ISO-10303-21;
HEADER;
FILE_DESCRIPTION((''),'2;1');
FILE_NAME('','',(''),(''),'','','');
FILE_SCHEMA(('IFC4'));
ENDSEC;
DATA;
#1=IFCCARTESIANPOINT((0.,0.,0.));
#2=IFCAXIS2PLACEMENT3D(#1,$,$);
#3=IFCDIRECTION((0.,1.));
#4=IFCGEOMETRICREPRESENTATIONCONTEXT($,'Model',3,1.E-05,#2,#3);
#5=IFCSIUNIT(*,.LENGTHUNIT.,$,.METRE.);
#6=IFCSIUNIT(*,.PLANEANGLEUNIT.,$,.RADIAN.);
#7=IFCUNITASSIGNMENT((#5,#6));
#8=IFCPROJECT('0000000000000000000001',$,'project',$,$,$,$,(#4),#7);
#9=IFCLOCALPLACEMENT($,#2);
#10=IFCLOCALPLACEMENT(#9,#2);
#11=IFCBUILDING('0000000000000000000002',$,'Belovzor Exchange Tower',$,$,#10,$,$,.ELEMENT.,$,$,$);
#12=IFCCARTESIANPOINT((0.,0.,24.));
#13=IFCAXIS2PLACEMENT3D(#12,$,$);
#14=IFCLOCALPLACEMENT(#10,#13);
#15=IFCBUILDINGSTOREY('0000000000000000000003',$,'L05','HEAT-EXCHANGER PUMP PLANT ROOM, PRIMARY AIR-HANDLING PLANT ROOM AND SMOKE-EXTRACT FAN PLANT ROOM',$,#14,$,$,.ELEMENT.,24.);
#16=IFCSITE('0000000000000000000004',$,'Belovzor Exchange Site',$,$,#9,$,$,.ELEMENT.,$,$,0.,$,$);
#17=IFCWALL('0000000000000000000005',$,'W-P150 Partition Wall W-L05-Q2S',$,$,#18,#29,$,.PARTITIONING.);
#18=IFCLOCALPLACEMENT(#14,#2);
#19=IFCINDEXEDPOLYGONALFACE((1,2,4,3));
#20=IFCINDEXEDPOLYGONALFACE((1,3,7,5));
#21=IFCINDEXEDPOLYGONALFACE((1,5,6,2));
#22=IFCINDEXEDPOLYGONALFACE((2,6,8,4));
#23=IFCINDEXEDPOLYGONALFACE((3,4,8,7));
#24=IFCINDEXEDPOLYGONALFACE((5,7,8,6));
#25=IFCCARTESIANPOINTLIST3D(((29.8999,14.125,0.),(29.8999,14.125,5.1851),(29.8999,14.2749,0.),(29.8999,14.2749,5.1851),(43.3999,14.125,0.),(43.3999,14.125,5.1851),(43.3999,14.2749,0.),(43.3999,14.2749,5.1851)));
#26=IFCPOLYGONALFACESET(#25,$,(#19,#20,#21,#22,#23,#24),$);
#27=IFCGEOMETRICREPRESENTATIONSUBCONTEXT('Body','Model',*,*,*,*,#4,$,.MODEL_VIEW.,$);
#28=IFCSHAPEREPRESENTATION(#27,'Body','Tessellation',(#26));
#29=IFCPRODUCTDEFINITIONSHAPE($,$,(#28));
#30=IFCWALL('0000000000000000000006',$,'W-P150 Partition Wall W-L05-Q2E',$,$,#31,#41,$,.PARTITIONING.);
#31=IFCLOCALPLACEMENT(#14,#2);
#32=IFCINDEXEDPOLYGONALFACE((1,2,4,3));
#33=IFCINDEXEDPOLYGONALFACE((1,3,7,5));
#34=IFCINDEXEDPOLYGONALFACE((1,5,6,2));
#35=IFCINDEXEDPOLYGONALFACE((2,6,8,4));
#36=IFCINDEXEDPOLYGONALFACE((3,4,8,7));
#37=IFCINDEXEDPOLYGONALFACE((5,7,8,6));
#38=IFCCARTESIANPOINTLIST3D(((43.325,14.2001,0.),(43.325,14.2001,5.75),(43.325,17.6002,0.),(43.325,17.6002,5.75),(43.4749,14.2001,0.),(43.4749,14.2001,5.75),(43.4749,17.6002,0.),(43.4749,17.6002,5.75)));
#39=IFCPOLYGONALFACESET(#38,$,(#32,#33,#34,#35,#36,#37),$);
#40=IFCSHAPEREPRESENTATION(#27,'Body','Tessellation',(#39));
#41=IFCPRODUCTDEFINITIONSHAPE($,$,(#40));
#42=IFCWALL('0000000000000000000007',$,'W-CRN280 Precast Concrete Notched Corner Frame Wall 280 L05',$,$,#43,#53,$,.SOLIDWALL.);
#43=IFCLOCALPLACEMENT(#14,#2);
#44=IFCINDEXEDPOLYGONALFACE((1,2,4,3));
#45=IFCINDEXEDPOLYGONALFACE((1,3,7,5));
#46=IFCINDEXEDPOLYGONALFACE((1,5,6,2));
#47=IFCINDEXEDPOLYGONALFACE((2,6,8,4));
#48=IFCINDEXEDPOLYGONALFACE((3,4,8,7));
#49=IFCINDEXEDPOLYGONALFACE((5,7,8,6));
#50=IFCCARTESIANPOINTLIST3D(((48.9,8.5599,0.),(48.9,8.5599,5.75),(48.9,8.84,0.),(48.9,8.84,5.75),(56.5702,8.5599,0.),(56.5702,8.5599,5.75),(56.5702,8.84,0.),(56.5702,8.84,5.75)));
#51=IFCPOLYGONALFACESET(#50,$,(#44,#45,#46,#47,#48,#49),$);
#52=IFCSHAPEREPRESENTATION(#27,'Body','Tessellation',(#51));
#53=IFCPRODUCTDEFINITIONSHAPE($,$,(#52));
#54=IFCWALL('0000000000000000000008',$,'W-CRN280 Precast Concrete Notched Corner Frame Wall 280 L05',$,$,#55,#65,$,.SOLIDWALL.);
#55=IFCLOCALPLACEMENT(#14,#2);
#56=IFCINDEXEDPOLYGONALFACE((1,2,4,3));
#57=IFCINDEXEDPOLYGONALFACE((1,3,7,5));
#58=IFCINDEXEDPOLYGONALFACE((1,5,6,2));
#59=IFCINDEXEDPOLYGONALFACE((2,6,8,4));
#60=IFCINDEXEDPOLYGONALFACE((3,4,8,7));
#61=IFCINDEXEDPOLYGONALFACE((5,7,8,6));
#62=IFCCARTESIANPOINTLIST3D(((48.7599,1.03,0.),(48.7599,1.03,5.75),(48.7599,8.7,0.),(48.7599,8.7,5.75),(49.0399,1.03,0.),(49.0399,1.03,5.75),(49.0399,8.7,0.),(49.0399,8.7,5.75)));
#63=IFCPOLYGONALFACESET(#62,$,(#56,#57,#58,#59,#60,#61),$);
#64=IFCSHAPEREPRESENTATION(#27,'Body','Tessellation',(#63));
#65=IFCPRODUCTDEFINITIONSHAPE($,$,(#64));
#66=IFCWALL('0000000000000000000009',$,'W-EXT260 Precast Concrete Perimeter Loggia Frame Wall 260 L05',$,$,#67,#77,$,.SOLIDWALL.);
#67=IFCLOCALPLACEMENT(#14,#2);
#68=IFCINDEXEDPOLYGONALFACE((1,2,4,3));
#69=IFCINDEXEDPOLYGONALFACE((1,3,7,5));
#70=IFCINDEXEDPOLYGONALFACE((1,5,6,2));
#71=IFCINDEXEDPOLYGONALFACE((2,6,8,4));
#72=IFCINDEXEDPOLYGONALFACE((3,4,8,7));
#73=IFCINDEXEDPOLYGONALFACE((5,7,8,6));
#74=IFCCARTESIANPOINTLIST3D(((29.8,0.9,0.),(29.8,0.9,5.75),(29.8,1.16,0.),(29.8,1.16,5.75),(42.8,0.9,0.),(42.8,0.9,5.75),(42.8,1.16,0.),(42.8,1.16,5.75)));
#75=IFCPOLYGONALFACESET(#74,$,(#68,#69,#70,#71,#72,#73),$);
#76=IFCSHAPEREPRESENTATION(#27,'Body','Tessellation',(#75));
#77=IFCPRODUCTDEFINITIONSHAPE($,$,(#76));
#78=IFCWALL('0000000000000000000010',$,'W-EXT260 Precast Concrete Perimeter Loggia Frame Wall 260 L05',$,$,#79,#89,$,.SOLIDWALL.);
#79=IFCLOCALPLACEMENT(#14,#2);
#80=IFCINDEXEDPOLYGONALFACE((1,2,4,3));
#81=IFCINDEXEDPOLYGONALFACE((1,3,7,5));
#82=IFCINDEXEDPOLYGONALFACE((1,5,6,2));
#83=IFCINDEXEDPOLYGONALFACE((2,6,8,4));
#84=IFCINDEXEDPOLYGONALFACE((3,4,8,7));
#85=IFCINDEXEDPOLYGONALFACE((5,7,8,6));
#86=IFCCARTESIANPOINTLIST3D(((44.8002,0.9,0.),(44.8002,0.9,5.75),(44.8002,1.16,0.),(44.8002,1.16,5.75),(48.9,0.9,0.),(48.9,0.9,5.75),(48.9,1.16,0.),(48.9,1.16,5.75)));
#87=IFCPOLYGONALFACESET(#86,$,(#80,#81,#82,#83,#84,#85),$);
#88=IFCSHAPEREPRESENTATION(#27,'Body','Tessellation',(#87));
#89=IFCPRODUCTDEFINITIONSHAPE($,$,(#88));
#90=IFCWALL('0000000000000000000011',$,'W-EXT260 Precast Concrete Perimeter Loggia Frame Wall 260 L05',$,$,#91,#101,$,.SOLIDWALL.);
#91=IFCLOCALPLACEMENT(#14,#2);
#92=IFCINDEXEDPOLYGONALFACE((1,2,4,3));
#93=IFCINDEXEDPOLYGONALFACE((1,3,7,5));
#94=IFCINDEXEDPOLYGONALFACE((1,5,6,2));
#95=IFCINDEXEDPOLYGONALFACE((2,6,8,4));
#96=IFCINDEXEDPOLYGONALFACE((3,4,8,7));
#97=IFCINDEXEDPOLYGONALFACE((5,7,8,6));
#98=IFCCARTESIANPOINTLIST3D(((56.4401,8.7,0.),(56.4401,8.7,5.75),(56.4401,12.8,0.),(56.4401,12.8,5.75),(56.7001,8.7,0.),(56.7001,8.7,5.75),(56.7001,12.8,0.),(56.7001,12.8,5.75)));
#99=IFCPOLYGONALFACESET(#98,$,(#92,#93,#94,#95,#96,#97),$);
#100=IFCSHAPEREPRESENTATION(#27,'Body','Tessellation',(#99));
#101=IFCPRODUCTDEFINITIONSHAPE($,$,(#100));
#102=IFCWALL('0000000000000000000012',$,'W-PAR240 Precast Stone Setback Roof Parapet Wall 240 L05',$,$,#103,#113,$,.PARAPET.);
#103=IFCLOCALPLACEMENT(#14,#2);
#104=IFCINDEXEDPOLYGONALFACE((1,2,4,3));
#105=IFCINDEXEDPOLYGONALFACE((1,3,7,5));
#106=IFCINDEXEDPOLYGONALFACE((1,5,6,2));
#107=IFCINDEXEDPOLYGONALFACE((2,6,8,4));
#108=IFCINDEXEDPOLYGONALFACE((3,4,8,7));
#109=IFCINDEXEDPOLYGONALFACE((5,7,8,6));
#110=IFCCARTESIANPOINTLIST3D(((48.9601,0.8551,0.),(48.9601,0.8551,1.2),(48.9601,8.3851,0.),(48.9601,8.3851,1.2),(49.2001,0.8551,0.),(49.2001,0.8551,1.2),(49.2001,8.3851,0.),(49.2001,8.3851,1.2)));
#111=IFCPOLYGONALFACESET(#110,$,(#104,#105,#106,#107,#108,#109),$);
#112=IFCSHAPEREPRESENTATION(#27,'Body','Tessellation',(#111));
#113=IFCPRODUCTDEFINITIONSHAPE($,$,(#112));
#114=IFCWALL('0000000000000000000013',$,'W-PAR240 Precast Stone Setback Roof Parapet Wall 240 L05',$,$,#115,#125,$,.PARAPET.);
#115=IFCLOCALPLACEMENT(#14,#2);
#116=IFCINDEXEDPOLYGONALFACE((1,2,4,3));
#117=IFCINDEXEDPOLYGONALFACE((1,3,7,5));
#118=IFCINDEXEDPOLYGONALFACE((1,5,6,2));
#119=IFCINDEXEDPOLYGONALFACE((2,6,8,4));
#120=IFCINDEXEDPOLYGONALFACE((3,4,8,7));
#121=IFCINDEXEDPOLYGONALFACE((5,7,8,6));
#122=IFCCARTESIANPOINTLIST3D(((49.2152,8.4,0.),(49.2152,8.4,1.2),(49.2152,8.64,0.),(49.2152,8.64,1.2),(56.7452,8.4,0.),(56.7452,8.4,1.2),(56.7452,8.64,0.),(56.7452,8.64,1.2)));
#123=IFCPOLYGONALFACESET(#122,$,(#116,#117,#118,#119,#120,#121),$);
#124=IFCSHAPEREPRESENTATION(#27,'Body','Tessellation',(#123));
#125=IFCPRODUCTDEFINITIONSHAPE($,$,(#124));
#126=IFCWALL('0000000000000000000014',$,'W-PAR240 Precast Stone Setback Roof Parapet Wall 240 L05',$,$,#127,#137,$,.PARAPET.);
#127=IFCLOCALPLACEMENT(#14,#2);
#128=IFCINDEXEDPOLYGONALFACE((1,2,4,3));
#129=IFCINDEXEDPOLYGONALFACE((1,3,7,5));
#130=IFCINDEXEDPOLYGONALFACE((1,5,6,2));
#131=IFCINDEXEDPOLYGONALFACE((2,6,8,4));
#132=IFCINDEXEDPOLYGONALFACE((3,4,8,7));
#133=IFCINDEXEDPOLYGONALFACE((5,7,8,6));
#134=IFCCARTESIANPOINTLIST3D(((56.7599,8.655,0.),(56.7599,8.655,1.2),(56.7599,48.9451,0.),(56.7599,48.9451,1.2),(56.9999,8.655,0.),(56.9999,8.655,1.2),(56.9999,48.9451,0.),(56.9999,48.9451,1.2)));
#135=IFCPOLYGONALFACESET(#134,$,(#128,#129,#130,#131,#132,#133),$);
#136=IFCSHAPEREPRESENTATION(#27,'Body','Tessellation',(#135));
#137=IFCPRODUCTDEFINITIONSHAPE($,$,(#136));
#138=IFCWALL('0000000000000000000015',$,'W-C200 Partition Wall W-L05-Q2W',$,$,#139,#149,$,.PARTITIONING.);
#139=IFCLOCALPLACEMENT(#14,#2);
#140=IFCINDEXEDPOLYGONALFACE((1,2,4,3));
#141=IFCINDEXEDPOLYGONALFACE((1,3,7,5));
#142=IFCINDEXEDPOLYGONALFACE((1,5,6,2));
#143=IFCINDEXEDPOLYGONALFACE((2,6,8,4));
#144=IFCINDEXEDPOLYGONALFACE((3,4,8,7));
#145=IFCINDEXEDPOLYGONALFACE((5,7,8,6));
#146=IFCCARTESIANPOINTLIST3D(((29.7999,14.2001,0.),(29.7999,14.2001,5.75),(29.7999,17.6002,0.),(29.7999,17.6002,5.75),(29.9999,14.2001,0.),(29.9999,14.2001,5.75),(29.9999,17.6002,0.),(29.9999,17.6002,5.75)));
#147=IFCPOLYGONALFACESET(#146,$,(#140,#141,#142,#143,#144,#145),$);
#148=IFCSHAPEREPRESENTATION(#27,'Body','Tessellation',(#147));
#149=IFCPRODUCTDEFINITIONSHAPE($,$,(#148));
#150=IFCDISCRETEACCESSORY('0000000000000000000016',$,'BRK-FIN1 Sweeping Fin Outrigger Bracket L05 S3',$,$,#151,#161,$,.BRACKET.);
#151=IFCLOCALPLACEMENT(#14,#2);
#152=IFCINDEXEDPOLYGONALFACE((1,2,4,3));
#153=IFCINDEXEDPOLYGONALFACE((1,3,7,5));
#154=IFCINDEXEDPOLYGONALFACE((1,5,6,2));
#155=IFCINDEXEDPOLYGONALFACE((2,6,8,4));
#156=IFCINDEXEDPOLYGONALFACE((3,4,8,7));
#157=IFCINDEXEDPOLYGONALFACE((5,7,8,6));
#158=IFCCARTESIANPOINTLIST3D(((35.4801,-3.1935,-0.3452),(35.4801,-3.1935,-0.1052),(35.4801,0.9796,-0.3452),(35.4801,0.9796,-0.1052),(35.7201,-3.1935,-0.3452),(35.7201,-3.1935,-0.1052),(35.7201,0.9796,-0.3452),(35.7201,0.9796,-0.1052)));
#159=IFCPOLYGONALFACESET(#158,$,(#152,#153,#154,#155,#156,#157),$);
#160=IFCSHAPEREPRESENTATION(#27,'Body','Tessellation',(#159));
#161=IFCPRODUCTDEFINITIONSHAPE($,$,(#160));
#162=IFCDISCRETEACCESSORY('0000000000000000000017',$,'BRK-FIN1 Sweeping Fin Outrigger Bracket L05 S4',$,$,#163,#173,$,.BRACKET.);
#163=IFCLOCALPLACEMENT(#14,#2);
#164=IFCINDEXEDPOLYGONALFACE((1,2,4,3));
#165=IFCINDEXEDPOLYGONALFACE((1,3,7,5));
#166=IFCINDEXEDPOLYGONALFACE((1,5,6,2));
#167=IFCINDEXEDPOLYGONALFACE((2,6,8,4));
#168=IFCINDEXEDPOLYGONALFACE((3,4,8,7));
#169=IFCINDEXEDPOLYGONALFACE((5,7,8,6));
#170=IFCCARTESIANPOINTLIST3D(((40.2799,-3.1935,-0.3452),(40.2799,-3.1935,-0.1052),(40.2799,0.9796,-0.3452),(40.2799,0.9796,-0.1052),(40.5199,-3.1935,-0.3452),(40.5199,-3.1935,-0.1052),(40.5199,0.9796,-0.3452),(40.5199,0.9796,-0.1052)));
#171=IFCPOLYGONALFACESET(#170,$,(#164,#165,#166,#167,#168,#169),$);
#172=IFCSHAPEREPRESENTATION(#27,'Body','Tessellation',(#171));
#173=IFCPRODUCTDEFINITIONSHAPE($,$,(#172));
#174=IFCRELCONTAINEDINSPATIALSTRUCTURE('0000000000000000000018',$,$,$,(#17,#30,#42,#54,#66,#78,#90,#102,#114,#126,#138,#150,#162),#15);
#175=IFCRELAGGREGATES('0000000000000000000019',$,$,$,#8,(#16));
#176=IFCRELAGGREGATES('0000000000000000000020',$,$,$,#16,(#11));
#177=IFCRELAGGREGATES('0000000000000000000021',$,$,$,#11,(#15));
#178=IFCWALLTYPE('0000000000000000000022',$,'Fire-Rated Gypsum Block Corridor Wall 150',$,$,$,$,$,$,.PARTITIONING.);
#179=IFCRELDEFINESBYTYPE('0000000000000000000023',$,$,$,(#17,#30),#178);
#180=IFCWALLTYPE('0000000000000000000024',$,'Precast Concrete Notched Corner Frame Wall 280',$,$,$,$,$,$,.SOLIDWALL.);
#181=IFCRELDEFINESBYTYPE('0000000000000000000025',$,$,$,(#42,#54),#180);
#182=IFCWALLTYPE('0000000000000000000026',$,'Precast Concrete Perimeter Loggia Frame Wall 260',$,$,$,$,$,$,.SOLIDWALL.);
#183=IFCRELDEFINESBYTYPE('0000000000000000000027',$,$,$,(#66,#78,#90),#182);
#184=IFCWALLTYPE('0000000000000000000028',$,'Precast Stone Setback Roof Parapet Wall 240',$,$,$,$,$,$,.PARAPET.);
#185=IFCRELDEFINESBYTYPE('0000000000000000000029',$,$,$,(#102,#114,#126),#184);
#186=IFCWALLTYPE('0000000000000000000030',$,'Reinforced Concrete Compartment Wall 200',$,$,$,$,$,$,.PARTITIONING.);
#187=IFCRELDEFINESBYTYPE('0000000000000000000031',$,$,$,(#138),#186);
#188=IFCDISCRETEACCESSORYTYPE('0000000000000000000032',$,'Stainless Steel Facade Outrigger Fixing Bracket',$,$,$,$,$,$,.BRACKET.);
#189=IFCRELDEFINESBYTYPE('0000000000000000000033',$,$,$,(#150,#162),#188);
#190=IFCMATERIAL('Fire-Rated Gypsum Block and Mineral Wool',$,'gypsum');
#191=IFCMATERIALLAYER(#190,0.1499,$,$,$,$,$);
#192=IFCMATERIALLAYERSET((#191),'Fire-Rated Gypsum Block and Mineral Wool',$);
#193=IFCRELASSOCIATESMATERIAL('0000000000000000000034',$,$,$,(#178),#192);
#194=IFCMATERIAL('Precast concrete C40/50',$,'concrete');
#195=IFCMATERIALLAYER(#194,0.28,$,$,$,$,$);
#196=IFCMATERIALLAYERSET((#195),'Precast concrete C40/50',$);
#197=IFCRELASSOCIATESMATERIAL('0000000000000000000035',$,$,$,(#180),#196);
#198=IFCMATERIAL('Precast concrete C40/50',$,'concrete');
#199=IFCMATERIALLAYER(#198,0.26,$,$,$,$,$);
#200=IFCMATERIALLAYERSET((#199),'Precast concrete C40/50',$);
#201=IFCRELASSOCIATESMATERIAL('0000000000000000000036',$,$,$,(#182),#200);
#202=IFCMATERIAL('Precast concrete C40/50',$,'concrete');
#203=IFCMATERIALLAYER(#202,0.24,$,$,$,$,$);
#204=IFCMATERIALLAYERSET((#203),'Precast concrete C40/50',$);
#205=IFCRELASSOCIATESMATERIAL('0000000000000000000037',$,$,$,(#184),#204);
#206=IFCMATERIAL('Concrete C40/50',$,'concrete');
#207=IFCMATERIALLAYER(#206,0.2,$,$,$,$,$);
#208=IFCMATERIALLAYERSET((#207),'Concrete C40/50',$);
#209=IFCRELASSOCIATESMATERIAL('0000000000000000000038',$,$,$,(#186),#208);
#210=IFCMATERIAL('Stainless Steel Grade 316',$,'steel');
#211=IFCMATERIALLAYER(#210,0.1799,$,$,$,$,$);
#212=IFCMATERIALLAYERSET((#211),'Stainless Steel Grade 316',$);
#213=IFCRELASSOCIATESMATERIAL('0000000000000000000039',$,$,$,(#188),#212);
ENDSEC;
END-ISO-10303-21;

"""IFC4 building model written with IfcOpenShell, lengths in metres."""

from ifc_helpers import new_model, si_unit, direction, frame, frame_2d, origin, origin_2d, place, context, subcontext, project, spatial, rectangle, extrude, material, layer, layer_set, type_object, element, save


model = new_model("IFC4")

# Units and contexts
model_context = context("Model", 3, precision=1e-05, world=origin(), true_north=direction((0.0, 1.0)))
body_context = subcontext(model_context, "Body", "Model", "MODEL_VIEW")
ifc_project = project(units=[si_unit("LENGTHUNIT", "METRE"), si_unit("PLANEANGLEUNIT", "RADIAN")], contexts=[model_context])

# Site, building, storey
site_placement = place(None, origin())
site = spatial("IfcSite", under=ifc_project, at=site_placement, Name="Belovzor Exchange Site", CompositionType="ELEMENT", RefElevation=0.0)
building_placement = place(site_placement, origin())
building = spatial("IfcBuilding", under=site, at=building_placement, Name="Belovzor Exchange Tower", CompositionType="ELEMENT")
storey_placement = place(building_placement, frame((0.0, 0.0, 24.0)))
storey = spatial("IfcBuildingStorey", under=building, at=storey_placement, Name="L05", Description="HEAT-EXCHANGER PUMP PLANT ROOM, PRIMARY AIR-HANDLING PLANT ROOM AND SMOKE-EXTRACT FAN PLANT ROOM", CompositionType="ELEMENT", Elevation=24.0)

# Walls
ifc_material_1 = material(Name="Fire-Rated Gypsum Block and Mineral Wool", Category="gypsum")
ifc_layer_1 = layer(ifc_material_1, 0.1499)
ifc_layer_set_1 = layer_set([ifc_layer_1], Name="Fire-Rated Gypsum Block and Mineral Wool")
wall_type_1 = type_object("IfcWallType", Name="Fire-Rated Gypsum Block Corridor Wall 150", PredefinedType="PARTITIONING", material=ifc_layer_set_1)
wall_1_placement = place(storey_placement, frame((29.8999, 14.2, 0.0), z_axis=(0.0, 0.0, 1.0), x_axis=(1.0, 0.0, 0.0)))
element("IfcWall", 1, at=wall_1_placement, inside=storey, type_object=wall_type_1, Name="W-P150 Partition Wall W-L05-Q2S", PredefinedType="PARTITIONING", context=body_context, shape_type="SweptSolid", body=[
    extrude(rectangle(XDim=13.5, YDim=0.1499, at=frame_2d((6.75, 0.0))), origin(), (0.0, 0.0, 1.0), 5.1851),
])
wall_2_placement = place(storey_placement, frame((43.3999, 14.2, 0.0), z_axis=(0.0, 0.0, 1.0), x_axis=(0.0, 1.0, 0.0)))
element("IfcWall", 2, at=wall_2_placement, inside=storey, type_object=wall_type_1, Name="W-P150 Partition Wall W-L05-Q2E", PredefinedType="PARTITIONING", context=body_context, shape_type="SweptSolid", body=[
    extrude(rectangle(XDim=3.4001, YDim=0.1499, at=frame_2d((1.7002, 0.0))), origin(), (0.0, 0.0, 1.0), 5.75),
])
ifc_material_2 = material(Name="Precast concrete C40/50", Category="concrete")
ifc_layer_2 = layer(ifc_material_2, 0.28)
ifc_layer_set_2 = layer_set([ifc_layer_2], Name="Precast concrete C40/50")
wall_type_2 = type_object("IfcWallType", Name="Precast Concrete Notched Corner Frame Wall 280", PredefinedType="SOLIDWALL", material=ifc_layer_set_2)
wall_3_placement = place(storey_placement, frame((56.5701, 8.7, 0.0), z_axis=(0.0, 0.0, 1.0), x_axis=(-1.0, 0.0, 0.0)))
element("IfcWall", 3, at=wall_3_placement, inside=storey, type_object=wall_type_2, Name="W-CRN280 Precast Concrete Notched Corner Frame Wall 280 L05", PredefinedType="SOLIDWALL", context=body_context, shape_type="SweptSolid", body=[
    extrude(rectangle(XDim=7.6702, YDim=0.28, at=frame_2d((3.835, 0.0))), origin(), (0.0, 0.0, 1.0), 5.75),
])
wall_4_placement = place(storey_placement, frame((48.8999, 8.7, 0.0), z_axis=(0.0, 0.0, 1.0), x_axis=(0.0, -1.0, 0.0)))
element("IfcWall", 4, at=wall_4_placement, inside=storey, type_object=wall_type_2, Name="W-CRN280 Precast Concrete Notched Corner Frame Wall 280 L05", PredefinedType="SOLIDWALL", context=body_context, shape_type="SweptSolid", body=[
    extrude(rectangle(XDim=7.6699, YDim=0.28, at=frame_2d((3.835, 0.0))), origin(), (0.0, 0.0, 1.0), 5.75),
])
ifc_material_3 = material(Name="Precast concrete C40/50", Category="concrete")
ifc_layer_3 = layer(ifc_material_3, 0.26)
ifc_layer_set_3 = layer_set([ifc_layer_3], Name="Precast concrete C40/50")
wall_type_3 = type_object("IfcWallType", Name="Precast Concrete Perimeter Loggia Frame Wall 260", PredefinedType="SOLIDWALL", material=ifc_layer_set_3)
wall_5_placement = place(storey_placement, frame((42.8, 1.03, 0.0), z_axis=(0.0, 0.0, 1.0), x_axis=(-1.0, 0.0, 0.0)))
element("IfcWall", 5, at=wall_5_placement, inside=storey, type_object=wall_type_3, Name="W-EXT260 Precast Concrete Perimeter Loggia Frame Wall 260 L05", PredefinedType="SOLIDWALL", context=body_context, shape_type="SweptSolid", body=[
    extrude(rectangle(XDim=13.0, YDim=0.26, at=frame_2d((6.5, 0.0))), origin(), (0.0, 0.0, 1.0), 5.75),
])
wall_6_placement = place(storey_placement, frame((48.8999, 1.03, 0.0), z_axis=(0.0, 0.0, 1.0), x_axis=(-1.0, 0.0, 0.0)))
element("IfcWall", 6, at=wall_6_placement, inside=storey, type_object=wall_type_3, Name="W-EXT260 Precast Concrete Perimeter Loggia Frame Wall 260 L05", PredefinedType="SOLIDWALL", context=body_context, shape_type="SweptSolid", body=[
    extrude(rectangle(XDim=4.0999, YDim=0.26, at=frame_2d((2.0498, 0.0))), origin(), (0.0, 0.0, 1.0), 5.75),
])
wall_7_placement = place(storey_placement, frame((56.5701, 12.8, 0.0), z_axis=(0.0, 0.0, 1.0), x_axis=(0.0, -1.0, 0.0)))
element("IfcWall", 7, at=wall_7_placement, inside=storey, type_object=wall_type_3, Name="W-EXT260 Precast Concrete Perimeter Loggia Frame Wall 260 L05", PredefinedType="SOLIDWALL", context=body_context, shape_type="SweptSolid", body=[
    extrude(rectangle(XDim=4.1001, YDim=0.26, at=frame_2d((2.05, 0.0))), origin(), (0.0, 0.0, 1.0), 5.75),
])
ifc_material_4 = material(Name="Precast concrete C40/50", Category="concrete")
ifc_layer_4 = layer(ifc_material_4, 0.24)
ifc_layer_set_4 = layer_set([ifc_layer_4], Name="Precast concrete C40/50")
wall_type_4 = type_object("IfcWallType", Name="Precast Stone Setback Roof Parapet Wall 240", PredefinedType="PARAPET", material=ifc_layer_set_4)
for number, where, z_axis, x_axis, name in (
    (8, (49.0801, 0.855, 0.0), (0.0, 0.0, 1.0), (0.0, 1.0, 0.0), "W-PAR240 Precast Stone Setback Roof Parapet Wall 240 L05"),
    (9, (49.2151, 8.52, 0.0), (0.0, 0.0, 1.0), (1.0, 0.0, 0.0), "W-PAR240 Precast Stone Setback Roof Parapet Wall 240 L05"),
):
    element("IfcWall", number, at=place(storey_placement, frame(where, z_axis=z_axis, x_axis=x_axis)), inside=storey, type_object=wall_type_4, Name=name, PredefinedType="PARAPET", context=body_context, shape_type="SweptSolid", body=[
        extrude(rectangle(XDim=7.53, YDim=0.24, at=frame_2d((3.7651, 0.0))), origin(), (0.0, 0.0, 1.0), 1.2),
    ])
wall_8_placement = place(storey_placement, frame((56.8799, 8.655, 0.0), z_axis=(0.0, 0.0, 1.0), x_axis=(0.0, 1.0, 0.0)))
element("IfcWall", 10, at=wall_8_placement, inside=storey, type_object=wall_type_4, Name="W-PAR240 Precast Stone Setback Roof Parapet Wall 240 L05", PredefinedType="PARAPET", context=body_context, shape_type="SweptSolid", body=[
    extrude(rectangle(XDim=40.29, YDim=0.24, at=frame_2d((20.145, 0.0))), origin(), (0.0, 0.0, 1.0), 1.2),
])
ifc_material_5 = material(Name="Concrete C40/50", Category="concrete")
ifc_layer_5 = layer(ifc_material_5, 0.2)
ifc_layer_set_5 = layer_set([ifc_layer_5], Name="Concrete C40/50")
wall_type_5 = type_object("IfcWallType", Name="Reinforced Concrete Compartment Wall 200", PredefinedType="PARTITIONING", material=ifc_layer_set_5)
wall_9_placement = place(storey_placement, frame((29.8999, 14.2, 0.0), z_axis=(0.0, 0.0, 1.0), x_axis=(0.0, 1.0, 0.0)))
element("IfcWall", 11, at=wall_9_placement, inside=storey, type_object=wall_type_5, Name="W-C200 Partition Wall W-L05-Q2W", PredefinedType="PARTITIONING", context=body_context, shape_type="SweptSolid", body=[
    extrude(rectangle(XDim=3.4001, YDim=0.2, at=frame_2d((1.7002, 0.0))), origin(), (0.0, 0.0, 1.0), 5.75),
])

# Discrete accessories
ifc_material_6 = material(Name="Stainless Steel Grade 316", Category="steel")
ifc_layer_6 = layer(ifc_material_6, 0.1799)
ifc_layer_set_6 = layer_set([ifc_layer_6], Name="Stainless Steel Grade 316")
discrete_accessory_type = type_object("IfcDiscreteAccessoryType", Name="Stainless Steel Facade Outrigger Fixing Bracket", PredefinedType="BRACKET", material=ifc_layer_set_6)
for number, where, z_axis, x_axis, name in (
    (12, (35.6001, -1.1069, -0.3452), (0.0, 0.0, 1.0), (0.0, 1.0, 0.0), "BRK-FIN1 Sweeping Fin Outrigger Bracket L05 S3"),
    (13, (40.3999, -1.1069, -0.3452), (0.0, 0.0, 1.0), (0.0, 1.0, 0.0), "BRK-FIN1 Sweeping Fin Outrigger Bracket L05 S4"),
):
    element("IfcDiscreteAccessory", number, at=place(storey_placement, frame(where, z_axis=z_axis, x_axis=x_axis)), inside=storey, type_object=discrete_accessory_type, Name=name, PredefinedType="BRACKET", context=body_context, shape_type="SweptSolid", body=[
        extrude(rectangle(XDim=4.1731, YDim=0.24, at=origin_2d()), origin(), (0.0, 0.0, 1.0), 0.24),
    ])

save(model, "model.ifc")
